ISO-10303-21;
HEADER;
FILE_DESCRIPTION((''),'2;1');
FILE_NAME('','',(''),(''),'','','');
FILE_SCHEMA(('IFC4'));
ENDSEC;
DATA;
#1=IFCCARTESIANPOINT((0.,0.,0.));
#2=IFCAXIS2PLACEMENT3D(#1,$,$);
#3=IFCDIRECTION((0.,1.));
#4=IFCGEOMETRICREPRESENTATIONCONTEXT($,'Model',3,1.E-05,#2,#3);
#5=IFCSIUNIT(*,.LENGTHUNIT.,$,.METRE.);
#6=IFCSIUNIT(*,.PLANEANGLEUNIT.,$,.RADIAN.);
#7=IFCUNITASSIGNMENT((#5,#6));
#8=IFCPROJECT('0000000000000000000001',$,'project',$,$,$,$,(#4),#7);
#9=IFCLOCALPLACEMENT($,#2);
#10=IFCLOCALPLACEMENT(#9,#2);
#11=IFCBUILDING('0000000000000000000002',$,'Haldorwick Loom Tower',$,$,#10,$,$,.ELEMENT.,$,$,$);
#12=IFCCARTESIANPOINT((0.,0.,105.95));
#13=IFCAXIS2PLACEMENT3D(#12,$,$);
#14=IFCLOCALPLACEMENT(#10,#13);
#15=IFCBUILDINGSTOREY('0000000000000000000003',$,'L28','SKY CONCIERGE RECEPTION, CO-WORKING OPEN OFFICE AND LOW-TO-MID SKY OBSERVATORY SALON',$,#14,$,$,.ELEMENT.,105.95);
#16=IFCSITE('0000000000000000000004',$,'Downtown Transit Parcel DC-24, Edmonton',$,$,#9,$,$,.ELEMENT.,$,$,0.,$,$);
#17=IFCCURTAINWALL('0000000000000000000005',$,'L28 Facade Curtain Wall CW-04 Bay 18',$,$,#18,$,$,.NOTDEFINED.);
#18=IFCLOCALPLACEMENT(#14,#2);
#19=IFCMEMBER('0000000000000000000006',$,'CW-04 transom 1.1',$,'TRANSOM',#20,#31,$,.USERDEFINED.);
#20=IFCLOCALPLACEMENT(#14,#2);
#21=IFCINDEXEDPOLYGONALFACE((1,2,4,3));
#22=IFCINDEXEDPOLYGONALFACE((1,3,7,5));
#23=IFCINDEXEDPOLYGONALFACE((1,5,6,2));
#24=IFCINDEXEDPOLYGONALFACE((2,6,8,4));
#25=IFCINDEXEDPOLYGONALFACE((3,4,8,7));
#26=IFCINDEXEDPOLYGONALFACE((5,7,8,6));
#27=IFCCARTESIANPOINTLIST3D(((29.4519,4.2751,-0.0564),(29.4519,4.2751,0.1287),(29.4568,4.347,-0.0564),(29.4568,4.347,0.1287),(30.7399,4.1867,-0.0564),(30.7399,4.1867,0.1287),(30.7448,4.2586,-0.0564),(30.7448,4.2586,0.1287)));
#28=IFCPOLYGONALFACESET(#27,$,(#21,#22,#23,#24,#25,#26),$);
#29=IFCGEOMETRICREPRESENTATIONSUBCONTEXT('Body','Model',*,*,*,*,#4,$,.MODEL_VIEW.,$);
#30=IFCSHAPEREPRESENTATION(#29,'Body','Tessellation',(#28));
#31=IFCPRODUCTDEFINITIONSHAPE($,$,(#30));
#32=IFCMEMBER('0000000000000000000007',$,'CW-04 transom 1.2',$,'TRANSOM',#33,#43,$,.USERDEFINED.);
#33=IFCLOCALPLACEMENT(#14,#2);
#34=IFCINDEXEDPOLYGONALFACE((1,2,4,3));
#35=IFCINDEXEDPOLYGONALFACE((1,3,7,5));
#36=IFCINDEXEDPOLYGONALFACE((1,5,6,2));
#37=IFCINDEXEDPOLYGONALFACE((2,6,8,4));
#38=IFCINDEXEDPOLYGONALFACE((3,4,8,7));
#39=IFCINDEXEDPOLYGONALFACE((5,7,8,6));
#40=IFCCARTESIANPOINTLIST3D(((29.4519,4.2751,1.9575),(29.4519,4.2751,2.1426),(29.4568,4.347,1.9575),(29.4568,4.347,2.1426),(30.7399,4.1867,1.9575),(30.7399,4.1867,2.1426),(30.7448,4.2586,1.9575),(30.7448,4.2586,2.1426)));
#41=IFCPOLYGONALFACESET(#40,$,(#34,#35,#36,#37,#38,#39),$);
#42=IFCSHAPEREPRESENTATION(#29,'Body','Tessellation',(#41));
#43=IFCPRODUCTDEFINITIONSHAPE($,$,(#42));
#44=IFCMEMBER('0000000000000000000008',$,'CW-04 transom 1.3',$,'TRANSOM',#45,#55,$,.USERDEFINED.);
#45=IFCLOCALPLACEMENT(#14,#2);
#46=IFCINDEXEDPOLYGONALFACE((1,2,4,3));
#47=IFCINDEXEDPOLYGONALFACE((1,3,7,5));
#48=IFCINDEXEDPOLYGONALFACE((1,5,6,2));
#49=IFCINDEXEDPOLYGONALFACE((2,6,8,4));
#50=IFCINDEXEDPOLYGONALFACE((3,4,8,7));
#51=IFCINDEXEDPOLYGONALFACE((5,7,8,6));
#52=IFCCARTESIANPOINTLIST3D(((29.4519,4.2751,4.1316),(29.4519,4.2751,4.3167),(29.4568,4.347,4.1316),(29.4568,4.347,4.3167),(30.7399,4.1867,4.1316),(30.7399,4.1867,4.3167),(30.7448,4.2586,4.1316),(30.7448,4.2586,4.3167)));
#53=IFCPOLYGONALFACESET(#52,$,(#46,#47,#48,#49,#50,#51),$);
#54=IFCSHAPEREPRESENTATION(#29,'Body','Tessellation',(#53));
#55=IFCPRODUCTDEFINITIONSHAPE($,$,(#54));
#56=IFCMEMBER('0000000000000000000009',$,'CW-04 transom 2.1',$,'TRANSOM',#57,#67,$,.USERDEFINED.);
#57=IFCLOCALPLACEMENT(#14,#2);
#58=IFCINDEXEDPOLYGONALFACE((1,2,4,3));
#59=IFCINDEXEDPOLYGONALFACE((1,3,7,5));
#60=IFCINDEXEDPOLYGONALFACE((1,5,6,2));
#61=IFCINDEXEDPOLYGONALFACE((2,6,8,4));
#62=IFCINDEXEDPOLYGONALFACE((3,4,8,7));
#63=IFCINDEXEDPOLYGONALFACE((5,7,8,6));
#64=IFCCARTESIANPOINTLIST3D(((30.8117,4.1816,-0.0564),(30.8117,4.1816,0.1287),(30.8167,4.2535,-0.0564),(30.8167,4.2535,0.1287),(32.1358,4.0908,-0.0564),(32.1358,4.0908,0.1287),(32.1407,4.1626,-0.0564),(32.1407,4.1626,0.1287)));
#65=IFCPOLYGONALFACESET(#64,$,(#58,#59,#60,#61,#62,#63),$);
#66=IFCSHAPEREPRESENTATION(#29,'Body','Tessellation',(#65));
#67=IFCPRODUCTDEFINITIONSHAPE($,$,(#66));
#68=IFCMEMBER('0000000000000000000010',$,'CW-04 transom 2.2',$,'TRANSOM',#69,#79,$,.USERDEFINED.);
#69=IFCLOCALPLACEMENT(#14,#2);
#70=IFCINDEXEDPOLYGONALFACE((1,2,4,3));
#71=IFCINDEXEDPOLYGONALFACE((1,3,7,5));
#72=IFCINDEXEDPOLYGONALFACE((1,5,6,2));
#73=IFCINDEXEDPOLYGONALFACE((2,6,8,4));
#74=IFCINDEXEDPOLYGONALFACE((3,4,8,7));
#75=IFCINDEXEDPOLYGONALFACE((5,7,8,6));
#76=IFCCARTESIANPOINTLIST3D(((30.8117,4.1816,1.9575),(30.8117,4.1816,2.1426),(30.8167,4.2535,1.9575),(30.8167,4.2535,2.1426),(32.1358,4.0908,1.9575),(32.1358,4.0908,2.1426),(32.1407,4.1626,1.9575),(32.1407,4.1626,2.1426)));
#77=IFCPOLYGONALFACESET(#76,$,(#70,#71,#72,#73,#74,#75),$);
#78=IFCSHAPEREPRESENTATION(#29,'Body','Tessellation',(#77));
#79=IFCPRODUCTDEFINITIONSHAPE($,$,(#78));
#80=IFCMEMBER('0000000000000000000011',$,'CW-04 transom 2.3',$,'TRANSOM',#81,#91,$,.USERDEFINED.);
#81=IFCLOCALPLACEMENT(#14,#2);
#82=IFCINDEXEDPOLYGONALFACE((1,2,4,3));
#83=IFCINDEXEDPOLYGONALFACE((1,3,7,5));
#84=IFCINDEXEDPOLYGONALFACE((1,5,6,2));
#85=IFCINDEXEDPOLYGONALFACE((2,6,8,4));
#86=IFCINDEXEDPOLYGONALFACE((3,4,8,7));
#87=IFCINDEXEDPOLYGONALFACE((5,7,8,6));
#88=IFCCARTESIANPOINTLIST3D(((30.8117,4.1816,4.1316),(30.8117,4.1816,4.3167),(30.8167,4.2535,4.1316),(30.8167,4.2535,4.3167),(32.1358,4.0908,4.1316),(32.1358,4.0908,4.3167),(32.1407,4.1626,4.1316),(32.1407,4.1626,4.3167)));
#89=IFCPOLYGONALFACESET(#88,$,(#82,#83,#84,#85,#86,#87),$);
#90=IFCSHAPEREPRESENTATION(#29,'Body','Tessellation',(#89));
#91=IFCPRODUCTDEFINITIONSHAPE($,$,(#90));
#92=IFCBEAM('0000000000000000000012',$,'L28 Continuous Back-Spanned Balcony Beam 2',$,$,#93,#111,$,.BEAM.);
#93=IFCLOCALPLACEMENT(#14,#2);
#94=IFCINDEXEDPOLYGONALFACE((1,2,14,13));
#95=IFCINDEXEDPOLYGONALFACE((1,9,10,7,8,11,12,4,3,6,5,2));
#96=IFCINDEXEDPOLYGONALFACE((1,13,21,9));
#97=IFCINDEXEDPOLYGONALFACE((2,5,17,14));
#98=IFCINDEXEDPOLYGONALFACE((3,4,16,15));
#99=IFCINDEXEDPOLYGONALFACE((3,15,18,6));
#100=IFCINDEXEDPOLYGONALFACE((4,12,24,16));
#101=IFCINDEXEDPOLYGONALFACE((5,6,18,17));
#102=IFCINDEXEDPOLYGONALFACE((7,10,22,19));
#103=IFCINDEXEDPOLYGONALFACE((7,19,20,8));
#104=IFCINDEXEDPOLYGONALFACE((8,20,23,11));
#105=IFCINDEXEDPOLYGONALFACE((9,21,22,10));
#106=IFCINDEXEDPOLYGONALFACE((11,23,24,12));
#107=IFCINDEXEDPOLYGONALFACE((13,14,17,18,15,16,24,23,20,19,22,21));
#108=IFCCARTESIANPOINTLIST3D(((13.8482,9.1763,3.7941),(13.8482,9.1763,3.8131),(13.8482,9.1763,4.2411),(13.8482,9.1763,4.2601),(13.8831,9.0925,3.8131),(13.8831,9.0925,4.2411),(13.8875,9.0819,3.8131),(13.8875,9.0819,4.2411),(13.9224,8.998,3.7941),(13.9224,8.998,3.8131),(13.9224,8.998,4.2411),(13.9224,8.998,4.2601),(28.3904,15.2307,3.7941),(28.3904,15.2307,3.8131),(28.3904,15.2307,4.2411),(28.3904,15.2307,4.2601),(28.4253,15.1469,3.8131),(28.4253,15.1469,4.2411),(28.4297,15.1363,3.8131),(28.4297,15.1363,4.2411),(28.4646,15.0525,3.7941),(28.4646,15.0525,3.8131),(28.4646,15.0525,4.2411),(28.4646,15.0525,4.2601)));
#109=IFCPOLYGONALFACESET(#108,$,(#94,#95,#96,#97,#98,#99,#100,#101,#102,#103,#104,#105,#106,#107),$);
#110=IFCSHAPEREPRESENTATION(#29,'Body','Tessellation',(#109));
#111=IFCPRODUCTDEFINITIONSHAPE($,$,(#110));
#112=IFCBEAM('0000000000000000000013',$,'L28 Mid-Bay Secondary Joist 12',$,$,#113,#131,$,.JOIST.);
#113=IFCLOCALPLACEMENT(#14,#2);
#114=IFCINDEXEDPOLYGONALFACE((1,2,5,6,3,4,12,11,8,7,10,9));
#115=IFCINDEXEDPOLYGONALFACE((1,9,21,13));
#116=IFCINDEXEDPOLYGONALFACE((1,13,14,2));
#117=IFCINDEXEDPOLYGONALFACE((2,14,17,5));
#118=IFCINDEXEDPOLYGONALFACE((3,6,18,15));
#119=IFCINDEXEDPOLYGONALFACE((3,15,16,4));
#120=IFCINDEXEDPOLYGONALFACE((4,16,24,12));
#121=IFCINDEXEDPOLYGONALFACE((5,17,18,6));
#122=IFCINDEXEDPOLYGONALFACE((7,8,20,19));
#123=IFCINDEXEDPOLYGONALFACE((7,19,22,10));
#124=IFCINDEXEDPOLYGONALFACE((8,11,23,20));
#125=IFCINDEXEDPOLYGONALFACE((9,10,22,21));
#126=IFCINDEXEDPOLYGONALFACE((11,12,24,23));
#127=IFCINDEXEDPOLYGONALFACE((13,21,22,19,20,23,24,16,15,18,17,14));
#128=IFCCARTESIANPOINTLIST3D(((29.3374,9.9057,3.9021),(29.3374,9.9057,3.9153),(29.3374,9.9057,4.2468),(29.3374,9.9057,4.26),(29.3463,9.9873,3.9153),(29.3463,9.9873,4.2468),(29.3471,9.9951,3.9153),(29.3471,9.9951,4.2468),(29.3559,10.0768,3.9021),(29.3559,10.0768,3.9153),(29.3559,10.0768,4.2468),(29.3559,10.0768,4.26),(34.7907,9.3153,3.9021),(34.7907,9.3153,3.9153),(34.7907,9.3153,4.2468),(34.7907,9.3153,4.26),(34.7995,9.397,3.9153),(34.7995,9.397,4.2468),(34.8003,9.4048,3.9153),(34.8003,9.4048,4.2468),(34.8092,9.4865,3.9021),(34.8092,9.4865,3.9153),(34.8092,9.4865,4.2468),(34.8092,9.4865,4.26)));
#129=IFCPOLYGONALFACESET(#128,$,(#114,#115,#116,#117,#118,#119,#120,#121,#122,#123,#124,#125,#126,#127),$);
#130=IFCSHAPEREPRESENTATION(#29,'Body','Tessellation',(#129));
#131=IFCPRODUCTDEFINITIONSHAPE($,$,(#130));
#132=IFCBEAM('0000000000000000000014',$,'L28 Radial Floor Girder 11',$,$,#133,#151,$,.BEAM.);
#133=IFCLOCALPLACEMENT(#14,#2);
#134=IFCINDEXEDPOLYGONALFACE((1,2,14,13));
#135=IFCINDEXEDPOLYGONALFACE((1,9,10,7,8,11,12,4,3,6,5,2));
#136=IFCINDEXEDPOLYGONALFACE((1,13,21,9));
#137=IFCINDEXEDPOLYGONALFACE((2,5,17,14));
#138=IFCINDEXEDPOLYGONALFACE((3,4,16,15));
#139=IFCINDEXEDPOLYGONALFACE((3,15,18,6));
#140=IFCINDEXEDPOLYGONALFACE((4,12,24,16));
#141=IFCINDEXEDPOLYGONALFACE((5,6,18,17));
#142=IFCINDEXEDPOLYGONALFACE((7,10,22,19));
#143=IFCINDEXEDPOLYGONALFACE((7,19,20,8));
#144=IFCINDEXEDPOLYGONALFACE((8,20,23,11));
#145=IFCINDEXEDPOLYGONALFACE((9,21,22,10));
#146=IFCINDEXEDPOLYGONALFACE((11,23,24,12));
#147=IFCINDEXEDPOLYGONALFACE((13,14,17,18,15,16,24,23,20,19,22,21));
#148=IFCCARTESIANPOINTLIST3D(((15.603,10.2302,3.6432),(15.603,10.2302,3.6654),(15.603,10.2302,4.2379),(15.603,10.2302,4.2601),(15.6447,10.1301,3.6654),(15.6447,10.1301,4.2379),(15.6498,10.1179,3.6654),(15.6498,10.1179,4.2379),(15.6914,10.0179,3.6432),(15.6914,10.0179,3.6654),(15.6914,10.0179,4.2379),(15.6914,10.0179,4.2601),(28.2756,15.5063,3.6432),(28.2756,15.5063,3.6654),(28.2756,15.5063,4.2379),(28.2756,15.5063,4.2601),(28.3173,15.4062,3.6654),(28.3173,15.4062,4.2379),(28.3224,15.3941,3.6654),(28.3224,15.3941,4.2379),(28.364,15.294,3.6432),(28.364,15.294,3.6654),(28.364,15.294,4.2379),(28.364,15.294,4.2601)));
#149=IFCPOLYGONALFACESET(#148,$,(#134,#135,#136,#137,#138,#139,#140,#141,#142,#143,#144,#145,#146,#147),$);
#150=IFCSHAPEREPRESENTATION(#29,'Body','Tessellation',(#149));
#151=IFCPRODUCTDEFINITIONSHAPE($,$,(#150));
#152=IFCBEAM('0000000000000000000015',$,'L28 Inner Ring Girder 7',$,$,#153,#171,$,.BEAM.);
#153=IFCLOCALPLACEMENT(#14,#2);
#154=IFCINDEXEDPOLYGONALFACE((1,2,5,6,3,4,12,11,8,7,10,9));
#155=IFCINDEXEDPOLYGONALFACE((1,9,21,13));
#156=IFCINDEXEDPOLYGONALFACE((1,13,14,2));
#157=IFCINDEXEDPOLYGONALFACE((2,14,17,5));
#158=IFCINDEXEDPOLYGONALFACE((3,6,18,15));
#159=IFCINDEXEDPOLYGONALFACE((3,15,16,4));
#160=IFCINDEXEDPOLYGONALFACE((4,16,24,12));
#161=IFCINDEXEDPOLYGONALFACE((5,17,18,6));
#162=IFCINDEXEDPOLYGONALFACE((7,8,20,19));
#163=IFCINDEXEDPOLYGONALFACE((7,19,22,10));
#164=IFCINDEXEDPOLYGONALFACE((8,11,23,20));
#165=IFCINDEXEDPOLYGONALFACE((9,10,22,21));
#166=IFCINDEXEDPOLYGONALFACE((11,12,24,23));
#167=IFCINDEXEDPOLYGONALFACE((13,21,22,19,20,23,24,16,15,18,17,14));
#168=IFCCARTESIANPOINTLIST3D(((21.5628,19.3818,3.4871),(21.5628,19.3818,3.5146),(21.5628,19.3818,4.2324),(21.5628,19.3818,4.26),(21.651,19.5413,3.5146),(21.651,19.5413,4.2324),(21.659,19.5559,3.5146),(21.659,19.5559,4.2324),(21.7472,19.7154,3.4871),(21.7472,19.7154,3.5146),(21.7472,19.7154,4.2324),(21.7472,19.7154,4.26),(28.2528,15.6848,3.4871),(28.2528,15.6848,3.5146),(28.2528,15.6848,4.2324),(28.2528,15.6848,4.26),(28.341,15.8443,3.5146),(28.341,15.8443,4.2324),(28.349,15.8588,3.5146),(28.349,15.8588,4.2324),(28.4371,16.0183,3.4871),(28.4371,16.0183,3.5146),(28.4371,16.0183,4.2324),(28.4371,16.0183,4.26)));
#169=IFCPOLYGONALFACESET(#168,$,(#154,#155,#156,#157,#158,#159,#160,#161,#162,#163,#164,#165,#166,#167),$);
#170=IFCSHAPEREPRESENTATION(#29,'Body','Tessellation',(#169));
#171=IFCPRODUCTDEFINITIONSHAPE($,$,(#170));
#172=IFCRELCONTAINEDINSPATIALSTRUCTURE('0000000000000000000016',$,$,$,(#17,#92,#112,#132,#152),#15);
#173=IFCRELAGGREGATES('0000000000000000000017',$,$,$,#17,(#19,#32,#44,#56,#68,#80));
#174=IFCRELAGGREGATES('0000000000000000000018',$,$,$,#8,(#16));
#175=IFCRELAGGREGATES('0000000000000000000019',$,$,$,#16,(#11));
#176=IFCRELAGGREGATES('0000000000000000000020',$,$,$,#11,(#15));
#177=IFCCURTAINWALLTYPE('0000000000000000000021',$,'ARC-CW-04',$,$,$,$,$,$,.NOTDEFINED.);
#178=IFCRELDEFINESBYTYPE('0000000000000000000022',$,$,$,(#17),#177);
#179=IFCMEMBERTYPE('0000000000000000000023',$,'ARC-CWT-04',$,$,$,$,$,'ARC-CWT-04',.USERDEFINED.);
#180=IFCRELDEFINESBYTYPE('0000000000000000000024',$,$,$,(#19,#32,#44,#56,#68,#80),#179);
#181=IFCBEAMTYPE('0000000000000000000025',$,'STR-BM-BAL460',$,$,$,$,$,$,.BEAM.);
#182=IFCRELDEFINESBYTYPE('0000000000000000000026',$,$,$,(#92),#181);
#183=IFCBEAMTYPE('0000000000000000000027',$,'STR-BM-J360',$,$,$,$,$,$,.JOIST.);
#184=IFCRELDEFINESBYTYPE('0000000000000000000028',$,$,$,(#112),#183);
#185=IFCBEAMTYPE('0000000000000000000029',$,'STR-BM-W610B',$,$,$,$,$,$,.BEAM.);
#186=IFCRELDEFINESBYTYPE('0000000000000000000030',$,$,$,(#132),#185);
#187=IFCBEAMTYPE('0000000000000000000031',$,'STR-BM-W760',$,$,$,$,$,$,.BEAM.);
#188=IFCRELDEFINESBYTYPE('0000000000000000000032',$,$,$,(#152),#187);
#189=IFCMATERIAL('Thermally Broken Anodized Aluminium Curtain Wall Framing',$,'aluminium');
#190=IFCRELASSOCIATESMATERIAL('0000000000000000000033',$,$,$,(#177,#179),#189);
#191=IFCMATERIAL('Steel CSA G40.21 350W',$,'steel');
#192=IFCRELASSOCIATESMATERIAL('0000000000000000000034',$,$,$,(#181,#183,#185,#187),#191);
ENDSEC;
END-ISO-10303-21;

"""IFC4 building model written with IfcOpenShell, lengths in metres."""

from ifc_helpers import new_model, si_unit, direction, frame, origin, origin_2d, place, context, subcontext, project, spatial, rectangle, i_section, extrude, material, material_profile, profile_set, type_object, element, aggregate, save


model = new_model("IFC4")

# Units and contexts
model_context = context("Model", 3, precision=1e-05, world=origin(), true_north=direction((0.0, 1.0)))
body_context = subcontext(model_context, "Body", "Model", "MODEL_VIEW")
ifc_project = project(units=[si_unit("LENGTHUNIT", "METRE"), si_unit("PLANEANGLEUNIT", "RADIAN")], contexts=[model_context])

# Site, building, storey
site_placement = place(None, origin())
site = spatial("IfcSite", under=ifc_project, at=site_placement, Name="Downtown Transit Parcel DC-24, Edmonton", CompositionType="ELEMENT", RefElevation=0.0)
building_placement = place(site_placement, origin())
building = spatial("IfcBuilding", under=site, at=building_placement, Name="Haldorwick Loom Tower", CompositionType="ELEMENT")
storey_placement = place(building_placement, frame((0.0, 0.0, 105.95)))
storey = spatial("IfcBuildingStorey", under=building, at=storey_placement, Name="L28", Description="SKY CONCIERGE RECEPTION, CO-WORKING OPEN OFFICE AND LOW-TO-MID SKY OBSERVATORY SALON", CompositionType="ELEMENT", Elevation=105.95)

# Curtain wall
ifc_material_1 = material(Name="Thermally Broken Anodized Aluminium Curtain Wall Framing", Category="aluminium")
curtain_wall_type_1 = type_object("IfcCurtainWallType", Name="ARC-CW-04", PredefinedType="NOTDEFINED", material=ifc_material_1)
curtain_wall_1_placement = place(storey_placement, origin())
curtain_wall_1 = element("IfcCurtainWall", 1, at=curtain_wall_1_placement, inside=storey, type_object=curtain_wall_type_1, Name="L28 Facade Curtain Wall CW-04 Bay 18", PredefinedType="NOTDEFINED")

# Members
ifc_material_profile_1 = material_profile(ifc_material_1, rectangle(XDim=0.072, YDim=0.1851, at=origin_2d()), Name="ALU_TRN_72X185", Category="aluminium")
ifc_profile_set_1 = profile_set([ifc_material_profile_1], Name="Thermally Broken Anodized Aluminium Curtain Wall Framing")
member_type_1 = type_object("IfcMemberType", Name="ARC-CWT-04", ElementType="ARC-CWT-04", PredefinedType="USERDEFINED", material=ifc_profile_set_1)
member_1_placement = place(storey_placement, frame((29.4543, 4.311, 0.0361), z_axis=(0.997654, -0.068452, 0.0), x_axis=(0.068452, 0.997654, 0.0)))
member_1 = element("IfcMember", 2, at=member_1_placement, type_object=member_type_1, Name="CW-04 transom 1.1", ObjectType="TRANSOM", PredefinedType="USERDEFINED", context=body_context, shape_type="SweptSolid", body=[
    extrude(rectangle(XDim=0.072, YDim=0.1851, at=origin_2d()), origin(), (0.0, 0.0, 1.0), 1.291),
])
member_2_placement = place(storey_placement, frame((29.4543, 4.311, 2.05), z_axis=(0.997654, -0.068452, 0.0), x_axis=(0.068452, 0.997654, 0.0)))
member_2 = element("IfcMember", 3, at=member_2_placement, type_object=member_type_1, Name="CW-04 transom 1.2", ObjectType="TRANSOM", PredefinedType="USERDEFINED", context=body_context, shape_type="SweptSolid", body=[
    extrude(rectangle(XDim=0.072, YDim=0.1851, at=origin_2d()), origin(), (0.0, 0.0, 1.0), 1.291),
])
member_3_placement = place(storey_placement, frame((29.4543, 4.311, 4.2241), z_axis=(0.997654, -0.068452, 0.0), x_axis=(0.068452, 0.997654, 0.0)))
member_3 = element("IfcMember", 4, at=member_3_placement, type_object=member_type_1, Name="CW-04 transom 1.3", ObjectType="TRANSOM", PredefinedType="USERDEFINED", context=body_context, shape_type="SweptSolid", body=[
    extrude(rectangle(XDim=0.072, YDim=0.1851, at=origin_2d()), origin(), (0.0, 0.0, 1.0), 1.291),
])
member_4_placement = place(storey_placement, frame((30.8142, 4.2175, 0.0361), z_axis=(0.997656, -0.068436, 0.0), x_axis=(0.068436, 0.997656, 0.0)))
member_4 = element("IfcMember", 5, at=member_4_placement, type_object=member_type_1, Name="CW-04 transom 2.1", ObjectType="TRANSOM", PredefinedType="USERDEFINED", context=body_context, shape_type="SweptSolid", body=[
    extrude(rectangle(XDim=0.072, YDim=0.1851, at=origin_2d()), origin(), (0.0, 0.0, 1.0), 1.3271),
])
member_5_placement = place(storey_placement, frame((30.8142, 4.2175, 2.05), z_axis=(0.997656, -0.068436, 0.0), x_axis=(0.068436, 0.997656, 0.0)))
member_5 = element("IfcMember", 6, at=member_5_placement, type_object=member_type_1, Name="CW-04 transom 2.2", ObjectType="TRANSOM", PredefinedType="USERDEFINED", context=body_context, shape_type="SweptSolid", body=[
    extrude(rectangle(XDim=0.072, YDim=0.1851, at=origin_2d()), origin(), (0.0, 0.0, 1.0), 1.3271),
])
member_6_placement = place(storey_placement, frame((30.8142, 4.2175, 4.2241), z_axis=(0.997656, -0.068436, 0.0), x_axis=(0.068436, 0.997656, 0.0)))
member_6 = element("IfcMember", 7, at=member_6_placement, type_object=member_type_1, Name="CW-04 transom 2.3", ObjectType="TRANSOM", PredefinedType="USERDEFINED", context=body_context, shape_type="SweptSolid", body=[
    extrude(rectangle(XDim=0.072, YDim=0.1851, at=origin_2d()), origin(), (0.0, 0.0, 1.0), 1.3271),
])

# Beams
ifc_material_2 = material(Name="Steel CSA G40.21 350W", Category="steel")
ifc_material_profile_2 = material_profile(ifc_material_2, i_section(OverallWidth=0.1931, OverallDepth=0.4661, WebThickness=0.0115, FlangeThickness=0.019, at=origin_2d()), Name="W460X97", Category="steel")
ifc_profile_set_2 = profile_set([ifc_material_profile_2], Name="Steel CSA G40.21 350W")
beam_type_1 = type_object("IfcBeamType", Name="STR-BM-BAL460", PredefinedType="BEAM", material=ifc_profile_set_2)
beam_1_placement = place(storey_placement, frame((28.4275, 15.1416, 4.0271), z_axis=(-0.923186, -0.384355, 0.0), x_axis=(0.384355, -0.923186, 0.0)))
element("IfcBeam", 8, at=beam_1_placement, inside=storey, type_object=beam_type_1, Name="L28 Continuous Back-Spanned Balcony Beam 2", PredefinedType="BEAM", context=body_context, shape_type="SweptSolid", body=[
    extrude(i_section(OverallWidth=0.1931, OverallDepth=0.4661, WebThickness=0.0115, FlangeThickness=0.019, at=origin_2d()), origin(), (0.0, 0.0, 1.0), 15.7522),
])
ifc_material_profile_3 = material_profile(ifc_material_2, i_section(OverallWidth=0.1721, OverallDepth=0.3579, WebThickness=0.0078, FlangeThickness=0.0132, at=origin_2d()), Name="W360X57", Category="steel")
ifc_profile_set_3 = profile_set([ifc_material_profile_3], Name="Steel CSA G40.21 350W")
beam_type_2 = type_object("IfcBeamType", Name="STR-BM-J360", PredefinedType="JOIST", material=ifc_profile_set_3)
beam_2_placement = place(storey_placement, frame((29.3467, 9.9912, 4.0811), z_axis=(0.994192, -0.107622, 0.0), x_axis=(0.107622, 0.994192, 0.0)))
element("IfcBeam", 9, at=beam_2_placement, inside=storey, type_object=beam_type_2, Name="L28 Mid-Bay Secondary Joist 12", PredefinedType="JOIST", context=body_context, shape_type="SweptSolid", body=[
    extrude(i_section(OverallWidth=0.1721, OverallDepth=0.3579, WebThickness=0.0078, FlangeThickness=0.0132, at=origin_2d()), origin(), (0.0, 0.0, 1.0), 5.4851),
])
ifc_material_profile_4 = material_profile(ifc_material_2, i_section(OverallWidth=0.23, OverallDepth=0.6169, WebThickness=0.0132, FlangeThickness=0.0222, at=origin_2d()), Name="W610X140", Category="steel")
ifc_profile_set_4 = profile_set([ifc_material_profile_4], Name="Steel CSA G40.21 350W")
beam_type_3 = type_object("IfcBeamType", Name="STR-BM-W610B", PredefinedType="BEAM", material=ifc_profile_set_4)
beam_3_placement = place(storey_placement, frame((28.3198, 15.4001, 3.9517), z_axis=(-0.923184, -0.384359, 0.0), x_axis=(0.384359, -0.923184, 0.0)))
element("IfcBeam", 10, at=beam_3_placement, inside=storey, type_object=beam_type_3, Name="L28 Radial Floor Girder 11", PredefinedType="BEAM", context=body_context, shape_type="SweptSolid", body=[
    extrude(i_section(OverallWidth=0.23, OverallDepth=0.6169, WebThickness=0.0132, FlangeThickness=0.0222, at=origin_2d()), origin(), (0.0, 0.0, 1.0), 13.7271),
])
ifc_material_profile_5 = material_profile(ifc_material_2, i_section(OverallWidth=0.3811, OverallDepth=0.7729, WebThickness=0.0166, FlangeThickness=0.0276, at=origin_2d()), Name="W760X257", Category="steel")
ifc_profile_set_5 = profile_set([ifc_material_profile_5], Name="Steel CSA G40.21 350W")
beam_type_4 = type_object("IfcBeamType", Name="STR-BM-W760", PredefinedType="BEAM", material=ifc_profile_set_5)
beam_4_placement = place(storey_placement, frame((28.345, 15.8516, 3.8735), z_axis=(-0.875244, 0.483681, 0.0), x_axis=(-0.483681, -0.875244, 0.0)))
element("IfcBeam", 11, at=beam_4_placement, inside=storey, type_object=beam_type_4, Name="L28 Inner Ring Girder 7", PredefinedType="BEAM", context=body_context, shape_type="SweptSolid", body=[
    extrude(i_section(OverallWidth=0.3811, OverallDepth=0.7729, WebThickness=0.0166, FlangeThickness=0.0276, at=origin_2d()), origin(), (0.0, 0.0, 1.0), 7.6436),
])

aggregate(curtain_wall_1, [member_1, member_2, member_3, member_4, member_5, member_6])

save(model, "model.ifc")
